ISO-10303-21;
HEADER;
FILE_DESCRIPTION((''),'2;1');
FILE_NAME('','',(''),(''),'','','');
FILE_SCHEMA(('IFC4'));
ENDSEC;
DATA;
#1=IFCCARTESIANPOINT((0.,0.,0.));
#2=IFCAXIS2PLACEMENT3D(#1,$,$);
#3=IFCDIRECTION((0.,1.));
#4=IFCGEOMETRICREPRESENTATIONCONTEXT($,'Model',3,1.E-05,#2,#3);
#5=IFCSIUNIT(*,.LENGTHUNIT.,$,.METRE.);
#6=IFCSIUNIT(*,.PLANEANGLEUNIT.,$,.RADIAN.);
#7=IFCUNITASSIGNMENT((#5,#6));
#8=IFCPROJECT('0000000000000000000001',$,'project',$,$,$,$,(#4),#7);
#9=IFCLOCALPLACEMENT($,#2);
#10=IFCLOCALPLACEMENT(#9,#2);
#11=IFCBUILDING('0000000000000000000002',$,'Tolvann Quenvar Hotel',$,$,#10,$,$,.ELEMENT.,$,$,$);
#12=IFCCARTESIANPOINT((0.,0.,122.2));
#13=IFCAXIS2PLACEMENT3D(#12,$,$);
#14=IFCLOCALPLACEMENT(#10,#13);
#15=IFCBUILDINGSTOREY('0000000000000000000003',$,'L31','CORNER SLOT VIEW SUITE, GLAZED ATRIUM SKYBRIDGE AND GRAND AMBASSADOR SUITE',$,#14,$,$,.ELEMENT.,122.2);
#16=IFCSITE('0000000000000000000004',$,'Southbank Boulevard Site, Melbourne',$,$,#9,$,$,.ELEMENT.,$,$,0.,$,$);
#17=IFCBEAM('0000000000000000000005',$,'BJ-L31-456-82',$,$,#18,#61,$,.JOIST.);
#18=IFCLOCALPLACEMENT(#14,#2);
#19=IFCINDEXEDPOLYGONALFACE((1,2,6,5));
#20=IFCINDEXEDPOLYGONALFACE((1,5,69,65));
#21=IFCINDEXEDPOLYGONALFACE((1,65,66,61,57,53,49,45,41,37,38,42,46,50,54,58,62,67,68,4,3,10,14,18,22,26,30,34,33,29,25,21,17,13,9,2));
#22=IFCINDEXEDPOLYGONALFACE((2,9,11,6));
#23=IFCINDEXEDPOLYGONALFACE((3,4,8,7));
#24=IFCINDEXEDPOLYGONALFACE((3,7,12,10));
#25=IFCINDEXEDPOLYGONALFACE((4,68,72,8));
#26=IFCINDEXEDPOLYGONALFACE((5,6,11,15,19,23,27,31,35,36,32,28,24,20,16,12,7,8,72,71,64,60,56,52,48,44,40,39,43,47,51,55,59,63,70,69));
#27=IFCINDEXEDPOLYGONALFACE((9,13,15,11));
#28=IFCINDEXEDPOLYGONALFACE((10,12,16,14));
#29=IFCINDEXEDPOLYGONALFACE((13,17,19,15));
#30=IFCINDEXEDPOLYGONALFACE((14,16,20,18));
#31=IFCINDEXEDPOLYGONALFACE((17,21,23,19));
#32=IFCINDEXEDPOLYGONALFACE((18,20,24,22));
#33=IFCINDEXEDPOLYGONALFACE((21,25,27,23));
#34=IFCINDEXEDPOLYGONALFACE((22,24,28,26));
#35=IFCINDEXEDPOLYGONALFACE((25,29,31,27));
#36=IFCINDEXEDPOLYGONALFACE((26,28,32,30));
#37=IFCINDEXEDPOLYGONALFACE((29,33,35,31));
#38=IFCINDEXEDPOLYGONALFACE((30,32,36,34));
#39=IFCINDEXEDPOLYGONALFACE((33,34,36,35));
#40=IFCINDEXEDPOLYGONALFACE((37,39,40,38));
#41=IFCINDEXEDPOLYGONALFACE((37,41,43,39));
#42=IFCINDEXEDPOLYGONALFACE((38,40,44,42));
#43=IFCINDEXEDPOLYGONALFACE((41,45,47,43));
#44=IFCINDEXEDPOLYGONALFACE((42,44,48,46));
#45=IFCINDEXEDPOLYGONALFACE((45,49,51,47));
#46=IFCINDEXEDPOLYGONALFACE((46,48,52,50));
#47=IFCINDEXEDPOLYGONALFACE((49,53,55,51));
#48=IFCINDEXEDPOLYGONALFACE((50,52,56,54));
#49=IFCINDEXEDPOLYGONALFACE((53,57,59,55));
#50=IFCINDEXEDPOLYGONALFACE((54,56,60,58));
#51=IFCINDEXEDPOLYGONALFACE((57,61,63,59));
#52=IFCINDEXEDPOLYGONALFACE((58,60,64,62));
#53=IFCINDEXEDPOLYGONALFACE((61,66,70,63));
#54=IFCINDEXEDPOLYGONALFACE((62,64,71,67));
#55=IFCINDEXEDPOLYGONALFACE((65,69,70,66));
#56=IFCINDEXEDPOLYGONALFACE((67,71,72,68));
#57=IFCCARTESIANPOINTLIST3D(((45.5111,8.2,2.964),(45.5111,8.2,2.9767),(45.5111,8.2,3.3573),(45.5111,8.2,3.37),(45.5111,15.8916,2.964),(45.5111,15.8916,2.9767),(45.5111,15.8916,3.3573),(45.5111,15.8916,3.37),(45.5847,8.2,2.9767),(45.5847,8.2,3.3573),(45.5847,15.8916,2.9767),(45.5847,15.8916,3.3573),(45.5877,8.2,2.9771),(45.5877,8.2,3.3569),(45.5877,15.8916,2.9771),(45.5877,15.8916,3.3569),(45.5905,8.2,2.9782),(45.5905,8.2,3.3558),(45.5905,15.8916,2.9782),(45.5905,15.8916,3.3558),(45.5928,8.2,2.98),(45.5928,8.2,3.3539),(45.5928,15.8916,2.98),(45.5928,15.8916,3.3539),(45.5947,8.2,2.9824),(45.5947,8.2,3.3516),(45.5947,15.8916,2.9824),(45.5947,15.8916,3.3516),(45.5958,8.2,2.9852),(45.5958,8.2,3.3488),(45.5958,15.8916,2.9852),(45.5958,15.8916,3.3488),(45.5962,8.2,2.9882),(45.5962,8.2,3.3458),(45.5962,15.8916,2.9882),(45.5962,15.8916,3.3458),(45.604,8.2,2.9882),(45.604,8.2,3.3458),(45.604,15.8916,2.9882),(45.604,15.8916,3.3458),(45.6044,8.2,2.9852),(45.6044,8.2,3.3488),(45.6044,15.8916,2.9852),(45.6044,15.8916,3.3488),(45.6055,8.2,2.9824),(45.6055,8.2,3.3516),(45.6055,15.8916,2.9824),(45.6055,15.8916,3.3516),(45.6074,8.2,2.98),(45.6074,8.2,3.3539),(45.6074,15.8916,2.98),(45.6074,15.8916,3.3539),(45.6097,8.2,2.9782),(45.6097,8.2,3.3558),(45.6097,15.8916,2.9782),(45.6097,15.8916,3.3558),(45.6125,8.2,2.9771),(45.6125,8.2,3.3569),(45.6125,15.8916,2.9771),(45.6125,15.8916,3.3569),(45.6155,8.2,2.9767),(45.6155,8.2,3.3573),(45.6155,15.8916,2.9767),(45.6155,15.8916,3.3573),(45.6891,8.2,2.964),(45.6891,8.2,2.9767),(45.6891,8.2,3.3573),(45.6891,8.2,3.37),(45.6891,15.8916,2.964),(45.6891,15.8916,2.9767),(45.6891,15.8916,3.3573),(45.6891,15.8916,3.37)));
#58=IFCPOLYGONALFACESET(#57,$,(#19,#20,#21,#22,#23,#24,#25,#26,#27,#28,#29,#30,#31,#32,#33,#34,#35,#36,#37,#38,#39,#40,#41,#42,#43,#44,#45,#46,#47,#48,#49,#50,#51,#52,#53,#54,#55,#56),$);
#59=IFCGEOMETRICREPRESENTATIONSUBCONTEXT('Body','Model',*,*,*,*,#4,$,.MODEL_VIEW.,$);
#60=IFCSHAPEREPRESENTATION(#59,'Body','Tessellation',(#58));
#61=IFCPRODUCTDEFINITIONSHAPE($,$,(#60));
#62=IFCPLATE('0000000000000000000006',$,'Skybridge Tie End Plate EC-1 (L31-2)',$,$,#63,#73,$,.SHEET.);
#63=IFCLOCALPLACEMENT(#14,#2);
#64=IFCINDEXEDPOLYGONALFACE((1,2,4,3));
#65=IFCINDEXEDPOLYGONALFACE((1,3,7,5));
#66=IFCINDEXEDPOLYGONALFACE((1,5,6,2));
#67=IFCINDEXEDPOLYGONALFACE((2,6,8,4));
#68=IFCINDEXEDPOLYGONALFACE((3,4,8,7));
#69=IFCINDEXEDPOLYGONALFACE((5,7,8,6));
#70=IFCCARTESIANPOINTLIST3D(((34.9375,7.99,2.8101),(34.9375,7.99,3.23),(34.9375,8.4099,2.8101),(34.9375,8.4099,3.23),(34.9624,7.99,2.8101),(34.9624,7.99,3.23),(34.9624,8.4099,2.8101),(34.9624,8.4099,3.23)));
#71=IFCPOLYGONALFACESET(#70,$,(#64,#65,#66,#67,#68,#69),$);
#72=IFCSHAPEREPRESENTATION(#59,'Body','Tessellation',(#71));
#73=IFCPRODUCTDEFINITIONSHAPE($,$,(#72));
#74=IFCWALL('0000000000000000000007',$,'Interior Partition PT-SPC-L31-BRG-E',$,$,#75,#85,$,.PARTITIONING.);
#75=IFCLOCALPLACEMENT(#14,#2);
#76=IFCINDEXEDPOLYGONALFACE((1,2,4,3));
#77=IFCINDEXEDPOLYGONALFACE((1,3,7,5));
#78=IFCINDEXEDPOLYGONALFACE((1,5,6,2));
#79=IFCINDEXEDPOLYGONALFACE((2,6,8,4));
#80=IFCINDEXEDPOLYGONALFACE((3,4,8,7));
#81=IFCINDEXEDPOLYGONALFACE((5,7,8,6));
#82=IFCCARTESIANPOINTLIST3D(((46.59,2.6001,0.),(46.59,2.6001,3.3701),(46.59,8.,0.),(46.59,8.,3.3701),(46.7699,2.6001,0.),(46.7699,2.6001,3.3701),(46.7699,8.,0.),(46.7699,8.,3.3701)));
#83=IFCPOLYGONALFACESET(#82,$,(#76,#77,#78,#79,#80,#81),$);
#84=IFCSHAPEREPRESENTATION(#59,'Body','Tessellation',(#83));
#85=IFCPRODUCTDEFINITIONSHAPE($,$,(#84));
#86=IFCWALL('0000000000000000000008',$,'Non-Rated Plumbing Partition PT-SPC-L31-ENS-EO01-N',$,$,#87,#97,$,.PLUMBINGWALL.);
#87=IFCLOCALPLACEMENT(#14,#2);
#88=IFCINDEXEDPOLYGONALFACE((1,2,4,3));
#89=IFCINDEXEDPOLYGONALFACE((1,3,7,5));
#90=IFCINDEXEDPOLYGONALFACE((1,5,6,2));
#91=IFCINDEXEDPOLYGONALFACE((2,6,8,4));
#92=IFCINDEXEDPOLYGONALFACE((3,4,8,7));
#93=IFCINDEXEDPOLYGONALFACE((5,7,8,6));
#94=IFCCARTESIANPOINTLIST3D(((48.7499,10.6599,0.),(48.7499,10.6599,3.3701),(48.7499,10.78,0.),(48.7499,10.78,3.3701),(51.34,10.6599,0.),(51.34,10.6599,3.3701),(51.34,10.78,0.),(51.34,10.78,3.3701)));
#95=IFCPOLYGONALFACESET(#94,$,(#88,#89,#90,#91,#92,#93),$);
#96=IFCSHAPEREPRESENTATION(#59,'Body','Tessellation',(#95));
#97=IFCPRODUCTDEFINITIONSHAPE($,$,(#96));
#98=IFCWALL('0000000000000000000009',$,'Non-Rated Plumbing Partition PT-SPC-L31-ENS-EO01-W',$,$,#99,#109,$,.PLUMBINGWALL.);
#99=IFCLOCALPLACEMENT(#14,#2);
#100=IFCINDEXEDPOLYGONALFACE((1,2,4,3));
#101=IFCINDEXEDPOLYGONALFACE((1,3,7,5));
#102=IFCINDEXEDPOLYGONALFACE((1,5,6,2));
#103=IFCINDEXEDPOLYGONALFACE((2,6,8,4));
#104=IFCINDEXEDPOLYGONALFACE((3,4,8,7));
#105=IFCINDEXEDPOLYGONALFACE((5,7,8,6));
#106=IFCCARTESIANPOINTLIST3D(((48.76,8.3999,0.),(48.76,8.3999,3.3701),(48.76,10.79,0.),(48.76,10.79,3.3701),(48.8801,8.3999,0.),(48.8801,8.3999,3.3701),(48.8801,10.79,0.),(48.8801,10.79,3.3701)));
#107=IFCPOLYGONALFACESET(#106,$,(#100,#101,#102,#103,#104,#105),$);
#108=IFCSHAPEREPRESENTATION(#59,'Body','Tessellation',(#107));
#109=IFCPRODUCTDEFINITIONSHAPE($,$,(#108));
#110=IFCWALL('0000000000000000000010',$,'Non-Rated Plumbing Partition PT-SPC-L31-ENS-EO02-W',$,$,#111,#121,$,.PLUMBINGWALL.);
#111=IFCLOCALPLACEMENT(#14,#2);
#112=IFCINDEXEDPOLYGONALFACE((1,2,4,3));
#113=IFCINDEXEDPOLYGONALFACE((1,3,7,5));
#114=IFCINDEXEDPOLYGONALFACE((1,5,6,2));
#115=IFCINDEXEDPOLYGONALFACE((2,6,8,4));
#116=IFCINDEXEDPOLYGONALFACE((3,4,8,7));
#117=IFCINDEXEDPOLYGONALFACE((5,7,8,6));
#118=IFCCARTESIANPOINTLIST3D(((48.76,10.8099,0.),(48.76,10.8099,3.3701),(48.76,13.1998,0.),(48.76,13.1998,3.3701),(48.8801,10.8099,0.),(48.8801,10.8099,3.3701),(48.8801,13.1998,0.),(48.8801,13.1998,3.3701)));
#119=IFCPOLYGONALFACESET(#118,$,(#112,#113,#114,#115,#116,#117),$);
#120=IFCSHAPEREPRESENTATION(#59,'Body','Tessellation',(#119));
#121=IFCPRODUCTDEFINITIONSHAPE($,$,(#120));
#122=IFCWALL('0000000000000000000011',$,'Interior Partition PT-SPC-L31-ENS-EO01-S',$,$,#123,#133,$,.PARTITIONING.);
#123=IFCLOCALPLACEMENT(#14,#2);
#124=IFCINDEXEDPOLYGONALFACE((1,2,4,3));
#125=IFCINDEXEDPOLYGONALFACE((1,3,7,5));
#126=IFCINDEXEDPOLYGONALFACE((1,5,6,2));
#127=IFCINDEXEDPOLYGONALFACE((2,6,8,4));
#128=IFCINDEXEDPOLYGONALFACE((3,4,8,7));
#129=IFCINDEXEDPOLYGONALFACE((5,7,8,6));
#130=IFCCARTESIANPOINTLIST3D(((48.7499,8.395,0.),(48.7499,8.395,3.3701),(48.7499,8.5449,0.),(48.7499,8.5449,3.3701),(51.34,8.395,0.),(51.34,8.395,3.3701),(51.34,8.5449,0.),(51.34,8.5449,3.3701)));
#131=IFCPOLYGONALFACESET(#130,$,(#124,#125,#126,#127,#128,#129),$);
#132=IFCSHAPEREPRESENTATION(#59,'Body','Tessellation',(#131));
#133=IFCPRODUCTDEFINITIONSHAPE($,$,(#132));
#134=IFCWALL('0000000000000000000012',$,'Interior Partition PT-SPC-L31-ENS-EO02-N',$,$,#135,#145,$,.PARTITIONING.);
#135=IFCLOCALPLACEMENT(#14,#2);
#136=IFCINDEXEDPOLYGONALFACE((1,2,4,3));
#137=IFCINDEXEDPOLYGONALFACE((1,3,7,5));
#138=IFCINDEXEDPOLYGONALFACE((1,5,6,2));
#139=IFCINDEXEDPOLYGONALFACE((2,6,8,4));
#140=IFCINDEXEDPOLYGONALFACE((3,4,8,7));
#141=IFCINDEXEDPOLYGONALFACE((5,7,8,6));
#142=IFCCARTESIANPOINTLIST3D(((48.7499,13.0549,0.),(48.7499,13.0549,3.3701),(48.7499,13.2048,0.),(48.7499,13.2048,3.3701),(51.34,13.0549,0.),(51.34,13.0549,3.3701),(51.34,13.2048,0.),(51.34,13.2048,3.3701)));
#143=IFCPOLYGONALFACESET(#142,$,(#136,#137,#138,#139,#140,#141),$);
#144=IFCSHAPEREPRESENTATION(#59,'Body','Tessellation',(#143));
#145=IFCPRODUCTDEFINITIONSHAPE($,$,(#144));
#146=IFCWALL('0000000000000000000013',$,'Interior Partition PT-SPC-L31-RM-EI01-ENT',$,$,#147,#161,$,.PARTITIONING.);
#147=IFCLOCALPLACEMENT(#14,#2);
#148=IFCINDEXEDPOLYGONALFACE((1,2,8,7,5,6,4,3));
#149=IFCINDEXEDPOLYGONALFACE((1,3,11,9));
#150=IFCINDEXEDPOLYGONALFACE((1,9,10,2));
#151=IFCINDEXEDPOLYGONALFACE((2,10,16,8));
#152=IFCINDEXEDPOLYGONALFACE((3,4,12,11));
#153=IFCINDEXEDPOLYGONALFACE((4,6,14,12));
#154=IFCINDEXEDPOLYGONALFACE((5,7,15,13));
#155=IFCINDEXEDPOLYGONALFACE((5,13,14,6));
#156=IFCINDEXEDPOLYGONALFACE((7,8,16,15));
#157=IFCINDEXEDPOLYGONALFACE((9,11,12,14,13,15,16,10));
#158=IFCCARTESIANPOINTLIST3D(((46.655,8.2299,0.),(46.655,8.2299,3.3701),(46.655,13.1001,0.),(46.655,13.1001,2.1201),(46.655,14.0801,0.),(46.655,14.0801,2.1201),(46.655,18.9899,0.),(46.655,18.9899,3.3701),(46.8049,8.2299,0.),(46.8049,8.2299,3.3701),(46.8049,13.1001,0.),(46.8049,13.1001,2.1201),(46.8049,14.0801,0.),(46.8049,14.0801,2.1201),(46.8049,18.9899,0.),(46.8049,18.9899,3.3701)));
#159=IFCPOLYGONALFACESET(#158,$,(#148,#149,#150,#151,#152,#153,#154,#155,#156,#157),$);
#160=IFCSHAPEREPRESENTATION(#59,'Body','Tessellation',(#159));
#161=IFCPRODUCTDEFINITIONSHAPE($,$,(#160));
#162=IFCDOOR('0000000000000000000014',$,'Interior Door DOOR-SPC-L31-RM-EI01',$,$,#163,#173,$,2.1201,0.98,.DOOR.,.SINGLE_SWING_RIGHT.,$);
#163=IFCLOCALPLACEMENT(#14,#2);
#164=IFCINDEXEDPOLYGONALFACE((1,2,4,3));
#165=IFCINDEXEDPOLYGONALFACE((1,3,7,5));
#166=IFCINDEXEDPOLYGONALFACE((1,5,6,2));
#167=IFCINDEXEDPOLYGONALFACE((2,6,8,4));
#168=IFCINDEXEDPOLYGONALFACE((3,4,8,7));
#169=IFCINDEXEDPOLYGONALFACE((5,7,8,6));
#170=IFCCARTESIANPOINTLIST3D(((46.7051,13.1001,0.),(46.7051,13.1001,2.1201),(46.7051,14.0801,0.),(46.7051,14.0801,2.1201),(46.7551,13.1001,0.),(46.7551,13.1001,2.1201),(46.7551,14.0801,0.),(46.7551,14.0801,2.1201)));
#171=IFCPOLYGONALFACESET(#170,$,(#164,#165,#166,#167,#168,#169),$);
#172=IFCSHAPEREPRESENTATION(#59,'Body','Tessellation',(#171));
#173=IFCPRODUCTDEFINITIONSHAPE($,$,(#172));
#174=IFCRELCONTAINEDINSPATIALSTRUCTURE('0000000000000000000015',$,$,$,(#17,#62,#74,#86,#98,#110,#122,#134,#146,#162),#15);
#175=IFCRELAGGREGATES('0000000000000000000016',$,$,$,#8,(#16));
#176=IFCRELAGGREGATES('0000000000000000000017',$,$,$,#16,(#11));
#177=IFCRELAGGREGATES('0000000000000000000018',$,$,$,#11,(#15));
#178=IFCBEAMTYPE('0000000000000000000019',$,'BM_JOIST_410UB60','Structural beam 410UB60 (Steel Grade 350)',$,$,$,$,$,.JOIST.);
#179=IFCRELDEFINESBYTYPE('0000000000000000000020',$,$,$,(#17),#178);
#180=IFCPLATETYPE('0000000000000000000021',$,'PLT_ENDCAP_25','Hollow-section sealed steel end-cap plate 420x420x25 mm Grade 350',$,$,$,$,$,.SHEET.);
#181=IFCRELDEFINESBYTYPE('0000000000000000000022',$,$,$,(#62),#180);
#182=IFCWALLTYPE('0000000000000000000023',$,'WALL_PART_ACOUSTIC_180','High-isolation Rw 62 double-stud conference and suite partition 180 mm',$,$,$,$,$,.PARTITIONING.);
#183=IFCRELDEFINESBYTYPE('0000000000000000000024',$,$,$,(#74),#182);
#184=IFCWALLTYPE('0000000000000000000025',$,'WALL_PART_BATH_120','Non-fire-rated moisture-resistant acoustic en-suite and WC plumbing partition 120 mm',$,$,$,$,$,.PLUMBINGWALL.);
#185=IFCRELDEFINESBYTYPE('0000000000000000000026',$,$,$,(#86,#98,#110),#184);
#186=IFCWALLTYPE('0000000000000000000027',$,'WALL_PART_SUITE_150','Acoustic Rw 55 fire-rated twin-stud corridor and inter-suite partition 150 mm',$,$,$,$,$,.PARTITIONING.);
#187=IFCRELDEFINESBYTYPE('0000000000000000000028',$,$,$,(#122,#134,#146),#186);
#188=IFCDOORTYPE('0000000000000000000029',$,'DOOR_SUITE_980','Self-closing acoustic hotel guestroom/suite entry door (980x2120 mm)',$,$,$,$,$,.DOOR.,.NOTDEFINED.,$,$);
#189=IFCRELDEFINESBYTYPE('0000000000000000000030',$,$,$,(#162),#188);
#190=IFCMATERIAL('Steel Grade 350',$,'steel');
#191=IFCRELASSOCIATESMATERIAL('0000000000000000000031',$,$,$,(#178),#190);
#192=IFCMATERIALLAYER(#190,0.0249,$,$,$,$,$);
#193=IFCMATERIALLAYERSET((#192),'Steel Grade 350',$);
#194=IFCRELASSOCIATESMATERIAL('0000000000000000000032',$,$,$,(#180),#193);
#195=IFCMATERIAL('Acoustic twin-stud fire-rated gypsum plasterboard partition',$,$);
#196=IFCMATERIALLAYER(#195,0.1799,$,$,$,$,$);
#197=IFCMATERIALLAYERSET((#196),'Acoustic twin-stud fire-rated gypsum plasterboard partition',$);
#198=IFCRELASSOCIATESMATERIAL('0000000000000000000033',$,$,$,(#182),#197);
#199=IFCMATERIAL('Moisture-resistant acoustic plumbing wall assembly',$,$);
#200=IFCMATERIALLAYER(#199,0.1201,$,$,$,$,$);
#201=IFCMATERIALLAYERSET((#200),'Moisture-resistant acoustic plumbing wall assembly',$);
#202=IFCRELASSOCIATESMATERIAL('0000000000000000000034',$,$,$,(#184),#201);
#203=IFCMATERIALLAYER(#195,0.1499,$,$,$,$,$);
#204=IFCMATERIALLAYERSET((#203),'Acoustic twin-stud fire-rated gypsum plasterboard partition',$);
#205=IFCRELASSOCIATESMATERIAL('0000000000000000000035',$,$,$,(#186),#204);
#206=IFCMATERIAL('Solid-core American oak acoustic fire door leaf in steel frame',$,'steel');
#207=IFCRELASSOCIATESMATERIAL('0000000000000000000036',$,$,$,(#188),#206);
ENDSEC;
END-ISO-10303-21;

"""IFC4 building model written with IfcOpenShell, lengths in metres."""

from ifc_helpers import new_model, si_unit, direction, frame, frame_2d, origin, origin_2d, place, context, subcontext, project, spatial, rectangle, i_section, extrude, source, transform, mapped, material, layer, layer_set, material_profile, profile_set, type_object, type_shapes, element, fill, save


model = new_model("IFC4")

# Units and contexts
model_context = context("Model", 3, precision=1e-05, world=origin(), true_north=direction((0.0, 1.0)))
body_context = subcontext(model_context, "Body", "Model", "MODEL_VIEW")
ifc_project = project(units=[si_unit("LENGTHUNIT", "METRE"), si_unit("PLANEANGLEUNIT", "RADIAN")], contexts=[model_context])

# Site, building, storey
site_placement = place(None, origin())
site = spatial("IfcSite", under=ifc_project, at=site_placement, Name="Southbank Boulevard Site, Melbourne", CompositionType="ELEMENT", RefElevation=0.0)
building_placement = place(site_placement, origin())
building = spatial("IfcBuilding", under=site, at=building_placement, Name="Tolvann Quenvar Hotel", CompositionType="ELEMENT")
storey_placement = place(building_placement, frame((0.0, 0.0, 122.2)))
storey = spatial("IfcBuildingStorey", under=building, at=storey_placement, Name="L31", Description="CORNER SLOT VIEW SUITE, GLAZED ATRIUM SKYBRIDGE AND GRAND AMBASSADOR SUITE", CompositionType="ELEMENT", Elevation=122.2)

# Shared definitions
ifc_material_1 = material(Name="Steel Grade 350", Category="steel")

# Beam
ifc_material_profile_1 = material_profile(ifc_material_1, i_section(OverallWidth=0.178, OverallDepth=0.406, WebThickness=0.0078, FlangeThickness=0.0127, FilletRadius=0.0115, at=origin_2d()), Name="410UB60")
ifc_profile_set_1 = profile_set([ifc_material_profile_1], Name="Steel Grade 350")
beam_type_1 = type_object("IfcBeamType", Name="BM_JOIST_410UB60", Description="Structural beam 410UB60 (Steel Grade 350)", PredefinedType="JOIST", material=ifc_profile_set_1)
shared_shape_1 = source(origin(), body_context, "Body", "SweptSolid", [
    extrude(i_section(OverallWidth=0.178, OverallDepth=0.406, WebThickness=0.0078, FlangeThickness=0.0127, FilletRadius=0.0115, at=origin_2d()), origin(), (0.0, 0.0, 1.0), 7.6917),
])
type_shapes(beam_type_1, [shared_shape_1])
beam_1_placement = place(storey_placement, frame((45.6001, 8.2, 3.167), z_axis=(0.0, 1.0, 0.0), x_axis=(-1.0, 0.0, 0.0)))
element("IfcBeam", 1, at=beam_1_placement, inside=storey, type_object=beam_type_1, Name="BJ-L31-456-82", PredefinedType="JOIST", context=body_context, shape_type="MappedRepresentation", body=[
    mapped(shared_shape_1, transform((0.0, 0.0, 0.0), x_axis=(1.0, 0.0, 0.0), y_axis=(0.0, 1.0, 0.0), z_axis=(0.0, 0.0, 1.0), scale=1.0)),
])

# Plate
ifc_layer_1 = layer(ifc_material_1, 0.0249)
ifc_layer_set_1 = layer_set([ifc_layer_1], Name="Steel Grade 350")
plate_type = type_object("IfcPlateType", Name="PLT_ENDCAP_25", Description="Hollow-section sealed steel end-cap plate 420x420x25 mm Grade 350", PredefinedType="SHEET", material=ifc_layer_set_1)
shared_shape_2 = source(origin(), body_context, "Body", "SweptSolid", [
    extrude(rectangle(XDim=0.0249, YDim=0.4199, at=origin_2d()), origin(), (0.0, 0.0, 1.0), 0.4199),
])
type_shapes(plate_type, [shared_shape_2])
plate_placement = place(storey_placement, frame((34.95, 8.2, 2.8101), z_axis=(0.0, 0.0, 1.0), x_axis=(1.0, 0.0, 0.0)))
element("IfcPlate", 2, at=plate_placement, inside=storey, type_object=plate_type, Name="Skybridge Tie End Plate EC-1 (L31-2)", PredefinedType="SHEET", context=body_context, shape_type="MappedRepresentation", body=[
    mapped(shared_shape_2, transform((0.0, 0.0, 0.0), x_axis=(1.0, 0.0, 0.0), y_axis=(0.0, 1.0, 0.0), z_axis=(0.0, 0.0, 1.0), scale=1.0)),
])

# Walls
ifc_material_2 = material(Name="Acoustic twin-stud fire-rated gypsum plasterboard partition")
ifc_layer_2 = layer(ifc_material_2, 0.1799)
ifc_layer_set_2 = layer_set([ifc_layer_2], Name="Acoustic twin-stud fire-rated gypsum plasterboard partition")
wall_type_1 = type_object("IfcWallType", Name="WALL_PART_ACOUSTIC_180", Description="High-isolation Rw 62 double-stud conference and suite partition 180 mm", PredefinedType="PARTITIONING", material=ifc_layer_set_2)
wall_1_placement = place(storey_placement, frame((46.6799, 2.6001, 0.0), z_axis=(0.0, 0.0, 1.0), x_axis=(0.0, 1.0, 0.0)))
element("IfcWall", 3, at=wall_1_placement, inside=storey, type_object=wall_type_1, Name="Interior Partition PT-SPC-L31-BRG-E", PredefinedType="PARTITIONING", context=body_context, shape_type="SweptSolid", body=[
    extrude(rectangle(XDim=5.3999, YDim=0.1799, at=frame_2d((2.7, 0.0))), origin(), (0.0, 0.0, 1.0), 3.3701),
])
ifc_material_3 = material(Name="Moisture-resistant acoustic plumbing wall assembly")
ifc_layer_3 = layer(ifc_material_3, 0.1201)
ifc_layer_set_3 = layer_set([ifc_layer_3], Name="Moisture-resistant acoustic plumbing wall assembly")
wall_type_2 = type_object("IfcWallType", Name="WALL_PART_BATH_120", Description="Non-fire-rated moisture-resistant acoustic en-suite and WC plumbing partition 120 mm", PredefinedType="PLUMBINGWALL", material=ifc_layer_set_3)
wall_2_placement = place(storey_placement, frame((48.75, 10.72, 0.0), z_axis=(0.0, 0.0, 1.0), x_axis=(1.0, 0.0, 0.0)))
element("IfcWall", 4, at=wall_2_placement, inside=storey, type_object=wall_type_2, Name="Non-Rated Plumbing Partition PT-SPC-L31-ENS-EO01-N", PredefinedType="PLUMBINGWALL", context=body_context, shape_type="SweptSolid", body=[
    extrude(rectangle(XDim=2.5901, YDim=0.1201, at=frame_2d((1.2949, 0.0))), origin(), (0.0, 0.0, 1.0), 3.3701),
])
wall_3_placement = place(storey_placement, frame((48.8201, 8.3999, 0.0), z_axis=(0.0, 0.0, 1.0), x_axis=(0.0, 1.0, 0.0)))
element("IfcWall", 5, at=wall_3_placement, inside=storey, type_object=wall_type_2, Name="Non-Rated Plumbing Partition PT-SPC-L31-ENS-EO01-W", PredefinedType="PLUMBINGWALL", context=body_context, shape_type="SweptSolid", body=[
    extrude(rectangle(XDim=2.3901, YDim=0.1201, at=frame_2d((1.1951, 0.0))), origin(), (0.0, 0.0, 1.0), 3.3701),
])
wall_4_placement = place(storey_placement, frame((48.8201, 10.8101, 0.0), z_axis=(0.0, 0.0, 1.0), x_axis=(0.0, 1.0, 0.0)))
element("IfcWall", 6, at=wall_4_placement, inside=storey, type_object=wall_type_2, Name="Non-Rated Plumbing Partition PT-SPC-L31-ENS-EO02-W", PredefinedType="PLUMBINGWALL", context=body_context, shape_type="SweptSolid", body=[
    extrude(rectangle(XDim=2.3899, YDim=0.1201, at=frame_2d((1.1948, 0.0))), origin(), (0.0, 0.0, 1.0), 3.3701),
])
ifc_layer_4 = layer(ifc_material_2, 0.1499)
ifc_layer_set_4 = layer_set([ifc_layer_4], Name="Acoustic twin-stud fire-rated gypsum plasterboard partition")
wall_type_3 = type_object("IfcWallType", Name="WALL_PART_SUITE_150", Description="Acoustic Rw 55 fire-rated twin-stud corridor and inter-suite partition 150 mm", PredefinedType="PARTITIONING", material=ifc_layer_set_4)
for number, where, z_axis, x_axis, name in (
    (7, (48.75, 8.47, 0.0), (0.0, 0.0, 1.0), (1.0, 0.0, 0.0), "Interior Partition PT-SPC-L31-ENS-EO01-S"),
    (8, (48.75, 13.1299, 0.0), (0.0, 0.0, 1.0), (1.0, 0.0, 0.0), "Interior Partition PT-SPC-L31-ENS-EO02-N"),
):
    element("IfcWall", number, at=place(storey_placement, frame(where, z_axis=z_axis, x_axis=x_axis)), inside=storey, type_object=wall_type_3, Name=name, PredefinedType="PARTITIONING", context=body_context, shape_type="SweptSolid", body=[
        extrude(rectangle(XDim=2.5901, YDim=0.1499, at=frame_2d((1.2949, 0.0))), origin(), (0.0, 0.0, 1.0), 3.3701),
    ])

# Wall, opening, door
wall_5_placement = place(storey_placement, frame((46.73, 8.23, 0.0), z_axis=(0.0, 0.0, 1.0), x_axis=(0.0, 1.0, 0.0)))
wall_5 = element("IfcWall", 9, at=wall_5_placement, inside=storey, type_object=wall_type_3, Name="Interior Partition PT-SPC-L31-RM-EI01-ENT", PredefinedType="PARTITIONING", context=body_context, shape_type="SweptSolid", body=[
    extrude(rectangle(XDim=10.76, YDim=0.1499, at=frame_2d((5.3799, 0.0))), origin(), (0.0, 0.0, 1.0), 3.3701),
])
opening_1_placement = place(wall_5_placement, frame((4.8701, 0.0, 0.0)))
opening_1 = element("IfcOpeningElement", 10, at=opening_1_placement, cuts=wall_5, PredefinedType="OPENING", context=body_context, shape_type="SweptSolid", body=[
    extrude(rectangle(XDim=0.98, YDim=2.1201, at=frame_2d((0.49, 1.0601))), frame((0.0, 0.085, 0.0), z_axis=(0.0, -1.0, 0.0), x_axis=(1.0, 0.0, 0.0)), (0.0, 0.0, 1.0), 0.1699),
])
ifc_material_4 = material(Name="Solid-core American oak acoustic fire door leaf in steel frame", Category="steel")
door_type = type_object("IfcDoorType", Name="DOOR_SUITE_980", Description="Self-closing acoustic hotel guestroom/suite entry door (980x2120 mm)", OperationType="NOTDEFINED", PredefinedType="DOOR", material=ifc_material_4)
shared_shape_3 = source(origin(), body_context, "Body", "SweptSolid", [
    extrude(rectangle(XDim=0.98, YDim=2.1201, at=frame_2d((0.49, 1.0601))), frame((0.0, 0.0249, 0.0), z_axis=(0.0, -1.0, 0.0), x_axis=(1.0, 0.0, 0.0)), (0.0, 0.0, 1.0), 0.05),
])
type_shapes(door_type, [shared_shape_3])
door_1_placement = place(opening_1_placement, origin())
door_1 = element("IfcDoor", 11, at=door_1_placement, inside=storey, type_object=door_type, Name="Interior Door DOOR-SPC-L31-RM-EI01", OperationType="SINGLE_SWING_RIGHT", OverallHeight=2.1201, OverallWidth=0.98, PredefinedType="DOOR", context=body_context, shape_type="MappedRepresentation", body=[
    mapped(shared_shape_3, transform((0.0, 0.0, 0.0), x_axis=(1.0, 0.0, 0.0), y_axis=(0.0, 1.0, 0.0), z_axis=(0.0, 0.0, 1.0), scale=1.0)),
])
fill(opening_1, door_1)

save(model, "model.ifc")
